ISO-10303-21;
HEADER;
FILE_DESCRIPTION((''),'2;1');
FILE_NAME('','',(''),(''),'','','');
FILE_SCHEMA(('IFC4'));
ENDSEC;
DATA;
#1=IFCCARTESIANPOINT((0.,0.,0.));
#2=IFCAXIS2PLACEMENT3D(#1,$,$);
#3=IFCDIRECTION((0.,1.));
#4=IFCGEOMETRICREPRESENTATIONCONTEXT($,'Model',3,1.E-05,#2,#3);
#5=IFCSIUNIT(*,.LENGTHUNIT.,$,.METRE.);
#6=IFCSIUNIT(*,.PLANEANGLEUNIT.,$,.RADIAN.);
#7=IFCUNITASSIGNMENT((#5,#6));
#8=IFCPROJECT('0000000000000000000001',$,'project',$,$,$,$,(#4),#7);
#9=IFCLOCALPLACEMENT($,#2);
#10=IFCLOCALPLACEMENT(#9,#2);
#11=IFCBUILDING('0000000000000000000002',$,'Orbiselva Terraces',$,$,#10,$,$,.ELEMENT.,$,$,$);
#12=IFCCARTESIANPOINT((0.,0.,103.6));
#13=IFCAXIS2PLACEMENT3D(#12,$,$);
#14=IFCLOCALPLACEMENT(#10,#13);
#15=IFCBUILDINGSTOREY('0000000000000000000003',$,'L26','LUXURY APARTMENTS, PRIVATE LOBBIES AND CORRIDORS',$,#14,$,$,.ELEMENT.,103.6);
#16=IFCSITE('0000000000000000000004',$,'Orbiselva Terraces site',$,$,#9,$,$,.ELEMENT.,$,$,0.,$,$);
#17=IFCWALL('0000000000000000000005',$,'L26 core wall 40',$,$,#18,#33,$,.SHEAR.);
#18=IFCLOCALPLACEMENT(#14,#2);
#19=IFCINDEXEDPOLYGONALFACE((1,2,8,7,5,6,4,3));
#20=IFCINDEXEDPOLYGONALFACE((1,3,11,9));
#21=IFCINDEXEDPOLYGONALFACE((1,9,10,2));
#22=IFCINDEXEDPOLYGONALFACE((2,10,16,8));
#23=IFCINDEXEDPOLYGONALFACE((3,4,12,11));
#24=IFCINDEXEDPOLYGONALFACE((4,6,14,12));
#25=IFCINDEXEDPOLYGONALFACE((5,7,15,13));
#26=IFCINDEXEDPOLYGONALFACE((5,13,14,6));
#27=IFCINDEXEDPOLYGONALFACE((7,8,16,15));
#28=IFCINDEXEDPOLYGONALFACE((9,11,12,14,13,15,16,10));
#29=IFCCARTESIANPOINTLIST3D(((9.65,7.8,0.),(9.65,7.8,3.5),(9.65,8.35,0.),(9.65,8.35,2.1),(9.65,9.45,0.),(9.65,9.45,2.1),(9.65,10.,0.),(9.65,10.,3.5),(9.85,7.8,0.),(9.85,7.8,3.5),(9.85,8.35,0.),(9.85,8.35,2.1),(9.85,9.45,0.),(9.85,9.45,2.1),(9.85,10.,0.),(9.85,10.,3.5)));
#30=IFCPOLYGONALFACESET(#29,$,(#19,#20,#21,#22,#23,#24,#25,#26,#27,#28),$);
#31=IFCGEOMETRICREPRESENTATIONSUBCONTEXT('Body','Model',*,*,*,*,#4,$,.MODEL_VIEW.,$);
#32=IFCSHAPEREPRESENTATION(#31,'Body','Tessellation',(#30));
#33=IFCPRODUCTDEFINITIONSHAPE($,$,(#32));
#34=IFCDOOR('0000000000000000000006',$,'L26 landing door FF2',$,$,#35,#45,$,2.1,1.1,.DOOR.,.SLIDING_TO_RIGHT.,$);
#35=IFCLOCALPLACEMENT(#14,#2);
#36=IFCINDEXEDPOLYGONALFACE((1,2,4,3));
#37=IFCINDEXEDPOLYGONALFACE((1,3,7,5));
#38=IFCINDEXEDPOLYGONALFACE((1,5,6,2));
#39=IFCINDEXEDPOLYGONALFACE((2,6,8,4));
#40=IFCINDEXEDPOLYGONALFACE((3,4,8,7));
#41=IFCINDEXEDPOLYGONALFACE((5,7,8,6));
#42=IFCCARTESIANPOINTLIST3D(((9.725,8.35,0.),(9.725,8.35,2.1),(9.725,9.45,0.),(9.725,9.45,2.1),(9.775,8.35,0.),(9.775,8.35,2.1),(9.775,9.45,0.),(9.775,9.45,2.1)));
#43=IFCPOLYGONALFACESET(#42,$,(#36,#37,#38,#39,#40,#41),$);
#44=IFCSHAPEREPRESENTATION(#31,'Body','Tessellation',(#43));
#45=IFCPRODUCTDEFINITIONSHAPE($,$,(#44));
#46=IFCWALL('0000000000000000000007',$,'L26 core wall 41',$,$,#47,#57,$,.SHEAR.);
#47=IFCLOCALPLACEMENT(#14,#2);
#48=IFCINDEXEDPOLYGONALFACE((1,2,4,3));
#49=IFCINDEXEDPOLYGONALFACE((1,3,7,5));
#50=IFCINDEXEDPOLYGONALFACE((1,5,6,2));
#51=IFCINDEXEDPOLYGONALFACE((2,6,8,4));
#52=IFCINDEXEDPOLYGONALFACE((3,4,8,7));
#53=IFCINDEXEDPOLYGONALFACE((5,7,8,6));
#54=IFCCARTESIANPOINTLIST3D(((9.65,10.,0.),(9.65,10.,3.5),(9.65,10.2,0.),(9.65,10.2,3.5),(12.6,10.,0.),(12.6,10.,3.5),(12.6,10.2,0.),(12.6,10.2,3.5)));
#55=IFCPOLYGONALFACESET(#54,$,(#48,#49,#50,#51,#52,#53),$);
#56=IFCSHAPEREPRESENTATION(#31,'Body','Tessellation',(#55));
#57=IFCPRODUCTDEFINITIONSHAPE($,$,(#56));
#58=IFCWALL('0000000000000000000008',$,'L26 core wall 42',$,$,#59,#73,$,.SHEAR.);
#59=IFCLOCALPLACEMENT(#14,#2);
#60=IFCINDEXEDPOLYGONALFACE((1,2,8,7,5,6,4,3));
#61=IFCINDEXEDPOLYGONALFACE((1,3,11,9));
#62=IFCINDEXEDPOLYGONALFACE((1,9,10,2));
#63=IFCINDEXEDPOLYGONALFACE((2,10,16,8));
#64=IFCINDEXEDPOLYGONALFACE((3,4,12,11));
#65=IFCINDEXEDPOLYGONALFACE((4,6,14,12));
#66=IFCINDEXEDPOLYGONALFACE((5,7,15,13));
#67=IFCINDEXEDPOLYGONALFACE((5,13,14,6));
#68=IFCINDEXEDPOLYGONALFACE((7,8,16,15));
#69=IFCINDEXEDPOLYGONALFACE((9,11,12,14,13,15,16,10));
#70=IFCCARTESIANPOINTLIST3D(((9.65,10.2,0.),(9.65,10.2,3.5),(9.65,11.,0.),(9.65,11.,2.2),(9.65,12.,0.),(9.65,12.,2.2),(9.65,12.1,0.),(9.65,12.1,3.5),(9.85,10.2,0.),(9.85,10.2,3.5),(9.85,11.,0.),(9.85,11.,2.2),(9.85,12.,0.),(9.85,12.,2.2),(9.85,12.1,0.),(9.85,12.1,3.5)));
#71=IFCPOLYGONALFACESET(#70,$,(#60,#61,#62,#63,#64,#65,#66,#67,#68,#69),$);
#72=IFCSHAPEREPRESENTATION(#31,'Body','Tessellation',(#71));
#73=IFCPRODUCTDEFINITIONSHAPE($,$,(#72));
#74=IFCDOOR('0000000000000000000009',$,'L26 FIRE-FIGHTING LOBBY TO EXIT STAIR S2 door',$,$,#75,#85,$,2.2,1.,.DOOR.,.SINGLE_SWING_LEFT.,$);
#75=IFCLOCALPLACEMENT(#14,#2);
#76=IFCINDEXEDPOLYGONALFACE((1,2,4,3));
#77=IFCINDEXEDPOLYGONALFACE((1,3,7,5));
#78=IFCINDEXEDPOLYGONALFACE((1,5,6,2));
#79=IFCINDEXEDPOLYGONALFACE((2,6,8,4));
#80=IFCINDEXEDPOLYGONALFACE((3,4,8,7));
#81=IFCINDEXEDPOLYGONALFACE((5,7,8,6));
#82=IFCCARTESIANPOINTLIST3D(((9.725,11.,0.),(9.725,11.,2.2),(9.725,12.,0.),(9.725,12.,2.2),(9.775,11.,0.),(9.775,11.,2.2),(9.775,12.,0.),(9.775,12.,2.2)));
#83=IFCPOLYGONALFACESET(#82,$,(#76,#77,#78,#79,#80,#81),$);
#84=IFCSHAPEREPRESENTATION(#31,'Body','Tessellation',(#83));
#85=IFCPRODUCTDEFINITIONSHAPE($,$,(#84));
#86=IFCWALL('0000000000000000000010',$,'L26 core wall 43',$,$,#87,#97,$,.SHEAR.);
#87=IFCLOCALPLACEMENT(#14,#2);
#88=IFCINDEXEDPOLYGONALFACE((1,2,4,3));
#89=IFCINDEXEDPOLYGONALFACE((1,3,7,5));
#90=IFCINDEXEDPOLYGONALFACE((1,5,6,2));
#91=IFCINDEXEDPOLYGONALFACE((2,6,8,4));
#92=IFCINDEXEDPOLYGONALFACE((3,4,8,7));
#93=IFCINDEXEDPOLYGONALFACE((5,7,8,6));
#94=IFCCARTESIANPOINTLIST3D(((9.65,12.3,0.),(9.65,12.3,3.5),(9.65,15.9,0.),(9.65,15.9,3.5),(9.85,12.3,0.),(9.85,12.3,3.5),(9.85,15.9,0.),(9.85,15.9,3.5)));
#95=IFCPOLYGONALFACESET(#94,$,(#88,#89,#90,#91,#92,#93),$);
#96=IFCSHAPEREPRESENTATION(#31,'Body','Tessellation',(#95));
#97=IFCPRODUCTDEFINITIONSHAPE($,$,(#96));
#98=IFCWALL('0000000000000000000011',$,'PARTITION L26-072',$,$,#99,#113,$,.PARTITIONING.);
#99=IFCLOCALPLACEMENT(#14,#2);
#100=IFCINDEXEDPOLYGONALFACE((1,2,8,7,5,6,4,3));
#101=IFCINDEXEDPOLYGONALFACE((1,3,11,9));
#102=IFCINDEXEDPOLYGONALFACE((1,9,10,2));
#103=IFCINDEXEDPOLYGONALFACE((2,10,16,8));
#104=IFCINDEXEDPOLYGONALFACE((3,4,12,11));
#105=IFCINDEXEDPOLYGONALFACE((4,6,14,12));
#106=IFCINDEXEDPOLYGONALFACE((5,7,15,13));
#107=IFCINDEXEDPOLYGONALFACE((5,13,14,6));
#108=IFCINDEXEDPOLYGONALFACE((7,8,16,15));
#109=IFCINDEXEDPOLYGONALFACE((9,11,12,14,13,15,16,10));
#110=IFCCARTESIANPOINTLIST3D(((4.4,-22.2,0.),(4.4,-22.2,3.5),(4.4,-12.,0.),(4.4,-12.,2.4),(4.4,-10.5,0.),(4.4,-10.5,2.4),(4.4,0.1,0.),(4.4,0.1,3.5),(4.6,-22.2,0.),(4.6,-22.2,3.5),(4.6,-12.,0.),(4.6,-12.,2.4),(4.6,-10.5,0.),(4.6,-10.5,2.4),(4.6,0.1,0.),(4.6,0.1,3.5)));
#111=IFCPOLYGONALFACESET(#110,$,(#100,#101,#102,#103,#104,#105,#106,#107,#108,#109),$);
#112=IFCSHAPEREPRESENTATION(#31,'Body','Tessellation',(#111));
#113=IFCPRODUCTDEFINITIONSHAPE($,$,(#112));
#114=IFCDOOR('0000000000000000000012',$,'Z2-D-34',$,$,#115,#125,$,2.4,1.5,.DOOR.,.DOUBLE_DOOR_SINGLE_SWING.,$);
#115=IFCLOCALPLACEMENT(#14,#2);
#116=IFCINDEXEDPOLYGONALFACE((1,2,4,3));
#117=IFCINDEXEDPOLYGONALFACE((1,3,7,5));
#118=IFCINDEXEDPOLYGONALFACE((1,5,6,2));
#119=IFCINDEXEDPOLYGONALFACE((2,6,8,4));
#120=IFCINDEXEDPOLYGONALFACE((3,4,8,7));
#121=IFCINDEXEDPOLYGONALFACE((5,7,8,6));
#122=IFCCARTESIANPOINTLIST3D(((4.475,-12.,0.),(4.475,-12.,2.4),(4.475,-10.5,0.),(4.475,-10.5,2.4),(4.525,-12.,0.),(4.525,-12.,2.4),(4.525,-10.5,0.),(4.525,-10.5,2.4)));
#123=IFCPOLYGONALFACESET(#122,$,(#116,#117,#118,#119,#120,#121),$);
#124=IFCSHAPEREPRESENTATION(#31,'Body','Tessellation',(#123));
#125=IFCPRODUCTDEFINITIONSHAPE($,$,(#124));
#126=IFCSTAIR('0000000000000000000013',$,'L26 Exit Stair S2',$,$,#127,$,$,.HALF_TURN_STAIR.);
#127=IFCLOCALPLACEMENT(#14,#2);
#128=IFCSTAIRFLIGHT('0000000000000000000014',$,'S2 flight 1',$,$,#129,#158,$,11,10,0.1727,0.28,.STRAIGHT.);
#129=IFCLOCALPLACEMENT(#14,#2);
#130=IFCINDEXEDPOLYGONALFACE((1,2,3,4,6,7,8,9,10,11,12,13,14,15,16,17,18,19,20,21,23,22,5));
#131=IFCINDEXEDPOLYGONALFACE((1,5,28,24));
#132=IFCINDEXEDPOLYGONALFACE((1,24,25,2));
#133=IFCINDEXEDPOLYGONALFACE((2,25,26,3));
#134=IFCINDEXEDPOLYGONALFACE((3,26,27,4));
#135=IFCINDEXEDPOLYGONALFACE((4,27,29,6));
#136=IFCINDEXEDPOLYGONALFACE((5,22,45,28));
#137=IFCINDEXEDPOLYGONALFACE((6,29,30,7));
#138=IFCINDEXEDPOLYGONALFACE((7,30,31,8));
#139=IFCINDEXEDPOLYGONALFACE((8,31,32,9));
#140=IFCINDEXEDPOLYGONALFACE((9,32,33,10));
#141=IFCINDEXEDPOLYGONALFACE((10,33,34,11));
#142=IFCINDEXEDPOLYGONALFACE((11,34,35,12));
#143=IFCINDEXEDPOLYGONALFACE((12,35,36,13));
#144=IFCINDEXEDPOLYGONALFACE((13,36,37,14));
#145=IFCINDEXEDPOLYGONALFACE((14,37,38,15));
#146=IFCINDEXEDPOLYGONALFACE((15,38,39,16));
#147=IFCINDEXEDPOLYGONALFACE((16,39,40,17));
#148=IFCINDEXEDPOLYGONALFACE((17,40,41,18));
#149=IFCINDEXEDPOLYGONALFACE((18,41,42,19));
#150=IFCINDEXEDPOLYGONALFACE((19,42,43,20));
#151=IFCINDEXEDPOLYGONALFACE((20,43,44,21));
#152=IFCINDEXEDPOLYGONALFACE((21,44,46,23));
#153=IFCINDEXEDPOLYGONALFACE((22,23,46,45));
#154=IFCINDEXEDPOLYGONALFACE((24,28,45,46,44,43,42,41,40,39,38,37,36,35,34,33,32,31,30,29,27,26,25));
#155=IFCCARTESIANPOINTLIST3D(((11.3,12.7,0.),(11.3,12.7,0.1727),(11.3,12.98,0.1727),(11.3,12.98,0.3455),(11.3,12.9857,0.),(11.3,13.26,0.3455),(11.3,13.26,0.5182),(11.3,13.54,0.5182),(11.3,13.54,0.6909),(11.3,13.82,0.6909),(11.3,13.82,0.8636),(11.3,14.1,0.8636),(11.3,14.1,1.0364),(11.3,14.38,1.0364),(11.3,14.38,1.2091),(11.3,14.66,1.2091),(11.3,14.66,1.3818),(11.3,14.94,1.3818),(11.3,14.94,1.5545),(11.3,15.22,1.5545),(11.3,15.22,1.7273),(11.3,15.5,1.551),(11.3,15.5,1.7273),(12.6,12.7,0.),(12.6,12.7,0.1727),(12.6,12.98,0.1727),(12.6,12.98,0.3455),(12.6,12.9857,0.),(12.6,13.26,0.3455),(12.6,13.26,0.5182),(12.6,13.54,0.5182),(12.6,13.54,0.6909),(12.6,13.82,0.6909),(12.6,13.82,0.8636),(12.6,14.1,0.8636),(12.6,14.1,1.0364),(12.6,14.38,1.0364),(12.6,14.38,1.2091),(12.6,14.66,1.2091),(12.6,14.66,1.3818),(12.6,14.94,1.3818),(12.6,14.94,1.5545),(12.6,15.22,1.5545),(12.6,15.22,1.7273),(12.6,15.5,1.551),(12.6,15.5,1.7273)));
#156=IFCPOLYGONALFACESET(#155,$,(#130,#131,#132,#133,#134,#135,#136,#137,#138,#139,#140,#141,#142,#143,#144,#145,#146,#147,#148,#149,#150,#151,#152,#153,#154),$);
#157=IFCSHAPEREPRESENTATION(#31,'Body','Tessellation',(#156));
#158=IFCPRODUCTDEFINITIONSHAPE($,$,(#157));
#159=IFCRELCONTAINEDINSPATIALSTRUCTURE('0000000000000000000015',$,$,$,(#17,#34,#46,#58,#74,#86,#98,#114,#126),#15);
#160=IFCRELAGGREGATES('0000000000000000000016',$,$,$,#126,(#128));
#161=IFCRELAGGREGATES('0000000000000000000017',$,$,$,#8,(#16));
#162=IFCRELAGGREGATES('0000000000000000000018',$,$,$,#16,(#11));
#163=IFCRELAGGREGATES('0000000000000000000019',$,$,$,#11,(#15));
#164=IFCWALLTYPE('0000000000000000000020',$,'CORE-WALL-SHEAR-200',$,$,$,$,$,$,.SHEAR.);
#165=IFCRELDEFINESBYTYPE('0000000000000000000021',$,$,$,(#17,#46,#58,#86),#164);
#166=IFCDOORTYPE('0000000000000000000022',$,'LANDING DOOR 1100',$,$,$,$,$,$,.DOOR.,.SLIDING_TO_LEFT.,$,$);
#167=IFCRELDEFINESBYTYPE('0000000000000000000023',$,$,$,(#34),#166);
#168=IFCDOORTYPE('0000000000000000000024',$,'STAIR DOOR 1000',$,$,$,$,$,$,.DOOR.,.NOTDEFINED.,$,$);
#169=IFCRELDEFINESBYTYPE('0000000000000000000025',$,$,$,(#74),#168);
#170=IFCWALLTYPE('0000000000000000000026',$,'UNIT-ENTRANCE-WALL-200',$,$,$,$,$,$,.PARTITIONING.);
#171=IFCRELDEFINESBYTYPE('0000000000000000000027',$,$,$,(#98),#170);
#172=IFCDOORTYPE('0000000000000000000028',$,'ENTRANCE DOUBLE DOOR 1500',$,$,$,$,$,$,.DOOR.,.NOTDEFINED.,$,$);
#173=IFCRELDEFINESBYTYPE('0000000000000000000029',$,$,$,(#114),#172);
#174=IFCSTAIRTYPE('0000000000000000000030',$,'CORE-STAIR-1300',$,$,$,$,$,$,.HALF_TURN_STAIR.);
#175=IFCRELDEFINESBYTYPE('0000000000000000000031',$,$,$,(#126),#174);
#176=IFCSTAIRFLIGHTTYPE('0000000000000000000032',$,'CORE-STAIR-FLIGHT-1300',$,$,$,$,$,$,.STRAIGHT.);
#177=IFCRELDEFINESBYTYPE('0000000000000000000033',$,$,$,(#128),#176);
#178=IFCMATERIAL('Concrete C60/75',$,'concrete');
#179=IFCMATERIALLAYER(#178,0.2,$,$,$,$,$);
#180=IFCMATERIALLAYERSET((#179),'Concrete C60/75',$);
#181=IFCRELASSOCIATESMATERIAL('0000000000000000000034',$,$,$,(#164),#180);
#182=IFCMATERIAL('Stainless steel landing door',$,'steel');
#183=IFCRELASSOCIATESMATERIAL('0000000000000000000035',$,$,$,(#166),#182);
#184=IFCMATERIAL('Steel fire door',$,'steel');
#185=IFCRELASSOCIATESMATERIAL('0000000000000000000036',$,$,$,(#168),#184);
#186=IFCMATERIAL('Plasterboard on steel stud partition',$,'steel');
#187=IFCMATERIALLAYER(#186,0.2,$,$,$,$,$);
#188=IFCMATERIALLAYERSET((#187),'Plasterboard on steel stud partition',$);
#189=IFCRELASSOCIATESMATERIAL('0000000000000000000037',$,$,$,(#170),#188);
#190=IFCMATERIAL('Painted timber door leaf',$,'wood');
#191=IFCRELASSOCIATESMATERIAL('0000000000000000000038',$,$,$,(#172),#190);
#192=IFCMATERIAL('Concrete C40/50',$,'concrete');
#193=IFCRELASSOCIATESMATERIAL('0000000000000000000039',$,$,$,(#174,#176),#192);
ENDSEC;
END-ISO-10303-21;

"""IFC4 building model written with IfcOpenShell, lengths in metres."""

from ifc_helpers import new_model, si_unit, direction, frame, frame_2d, origin, place, context, subcontext, project, spatial, polyline, rectangle, outline, extrude, material, layer, layer_set, type_object, element, fill, aggregate, save


model = new_model("IFC4")

# Units and contexts
model_context = context("Model", 3, precision=1e-05, world=origin(), true_north=direction((0.0, 1.0)))
body_context = subcontext(model_context, "Body", "Model", "MODEL_VIEW")
ifc_project = project(units=[si_unit("LENGTHUNIT", "METRE"), si_unit("PLANEANGLEUNIT", "RADIAN")], contexts=[model_context])

# Site, building, storey
site_placement = place(None, origin())
site = spatial("IfcSite", under=ifc_project, at=site_placement, Name="Orbiselva Terraces site", CompositionType="ELEMENT", RefElevation=0.0)
building_placement = place(site_placement, origin())
building = spatial("IfcBuilding", under=site, at=building_placement, Name="Orbiselva Terraces", CompositionType="ELEMENT")
storey_placement = place(building_placement, frame((0.0, 0.0, 103.6)))
storey = spatial("IfcBuildingStorey", under=building, at=storey_placement, Name="L26", Description="LUXURY APARTMENTS, PRIVATE LOBBIES AND CORRIDORS", CompositionType="ELEMENT", Elevation=103.6)

# Shared definitions
ifc_material_1 = material(Name="Steel fire door", Category="steel")

# Shared definitions
ifc_material_2 = material(Name="Concrete C60/75", Category="concrete")
ifc_layer_1 = layer(ifc_material_2, 0.2)
ifc_layer_set_1 = layer_set([ifc_layer_1], Name="Concrete C60/75")
wall_type_1 = type_object("IfcWallType", Name="CORE-WALL-SHEAR-200", PredefinedType="SHEAR", material=ifc_layer_set_1)

# Shared definitions
ifc_material_3 = material(Name="Stainless steel landing door", Category="steel")
door_type_1 = type_object("IfcDoorType", Name="LANDING DOOR 1100", OperationType="SLIDING_TO_LEFT", PredefinedType="DOOR", material=ifc_material_3)

# Wall, opening, door
wall_1_placement = place(storey_placement, frame((9.75, 7.8, 0.0), z_axis=(0.0, 0.0, 1.0), x_axis=(0.0, 1.0, 0.0)))
wall_1 = element("IfcWall", 1, at=wall_1_placement, inside=storey, type_object=wall_type_1, Name="L26 core wall 40", PredefinedType="SHEAR", context=body_context, shape_type="SweptSolid", body=[
    extrude(rectangle(XDim=2.2, YDim=0.2, at=frame_2d((1.1, 0.0))), origin(), (0.0, 0.0, 1.0), 3.5),
])
opening_1_placement = place(wall_1_placement, frame((0.55, 0.0, 0.0)))
opening_1 = element("IfcOpeningElement", 2, at=opening_1_placement, cuts=wall_1, PredefinedType="OPENING", context=body_context, shape_type="SweptSolid", body=[
    extrude(rectangle(XDim=1.1, YDim=2.1, at=frame_2d((0.55, 1.05))), frame((0.0, 0.11, 0.0), z_axis=(0.0, -1.0, 0.0), x_axis=(1.0, 0.0, 0.0)), (0.0, 0.0, 1.0), 0.22),
])
door_1_placement = place(opening_1_placement, origin())
door_1 = element("IfcDoor", 3, at=door_1_placement, inside=storey, type_object=door_type_1, Name="L26 landing door FF2", OperationType="SLIDING_TO_RIGHT", OverallHeight=2.1, OverallWidth=1.1, PredefinedType="DOOR", context=body_context, shape_type="SweptSolid", body=[
    extrude(rectangle(XDim=1.1, YDim=2.1, at=frame_2d((0.55, 1.05))), frame((0.0, 0.025, 0.0), z_axis=(0.0, -1.0, 0.0), x_axis=(1.0, 0.0, 0.0)), (0.0, 0.0, 1.0), 0.05),
])
fill(opening_1, door_1)

# Wall
wall_2_placement = place(storey_placement, frame((9.65, 10.1, 0.0), z_axis=(0.0, 0.0, 1.0), x_axis=(1.0, 0.0, 0.0)))
element("IfcWall", 4, at=wall_2_placement, inside=storey, type_object=wall_type_1, Name="L26 core wall 41", PredefinedType="SHEAR", context=body_context, shape_type="SweptSolid", body=[
    extrude(rectangle(XDim=2.95, YDim=0.2, at=frame_2d((1.475, 0.0))), origin(), (0.0, 0.0, 1.0), 3.5),
])

# Wall, opening, door
wall_3_placement = place(storey_placement, frame((9.75, 12.1, 0.0), z_axis=(0.0, 0.0, 1.0), x_axis=(0.0, -1.0, 0.0)))
wall_3 = element("IfcWall", 5, at=wall_3_placement, inside=storey, type_object=wall_type_1, Name="L26 core wall 42", PredefinedType="SHEAR", context=body_context, shape_type="SweptSolid", body=[
    extrude(rectangle(XDim=1.9, YDim=0.2, at=frame_2d((0.95, 0.0))), origin(), (0.0, 0.0, 1.0), 3.5),
])
opening_2_placement = place(wall_3_placement, frame((0.1, 0.0, 0.0)))
opening_2 = element("IfcOpeningElement", 6, at=opening_2_placement, cuts=wall_3, PredefinedType="OPENING", context=body_context, shape_type="SweptSolid", body=[
    extrude(rectangle(XDim=1.0, YDim=2.2, at=frame_2d((0.5, 1.1))), frame((0.0, 0.11, 0.0), z_axis=(0.0, -1.0, 0.0), x_axis=(1.0, 0.0, 0.0)), (0.0, 0.0, 1.0), 0.22),
])
door_type_2 = type_object("IfcDoorType", Name="STAIR DOOR 1000", OperationType="NOTDEFINED", PredefinedType="DOOR", material=ifc_material_1)
door_2_placement = place(opening_2_placement, origin())
door_2 = element("IfcDoor", 7, at=door_2_placement, inside=storey, type_object=door_type_2, Name="L26 FIRE-FIGHTING LOBBY TO EXIT STAIR S2 door", OperationType="SINGLE_SWING_LEFT", OverallHeight=2.2, OverallWidth=1.0, PredefinedType="DOOR", context=body_context, shape_type="SweptSolid", body=[
    extrude(rectangle(XDim=1.0, YDim=2.2, at=frame_2d((0.5, 1.1))), frame((0.0, 0.025, 0.0), z_axis=(0.0, -1.0, 0.0), x_axis=(1.0, 0.0, 0.0)), (0.0, 0.0, 1.0), 0.05),
])
fill(opening_2, door_2)

# Wall
wall_4_placement = place(storey_placement, frame((9.75, 12.3, 0.0), z_axis=(0.0, 0.0, 1.0), x_axis=(0.0, 1.0, 0.0)))
element("IfcWall", 8, at=wall_4_placement, inside=storey, type_object=wall_type_1, Name="L26 core wall 43", PredefinedType="SHEAR", context=body_context, shape_type="SweptSolid", body=[
    extrude(rectangle(XDim=3.6, YDim=0.2, at=frame_2d((1.8, 0.0))), origin(), (0.0, 0.0, 1.0), 3.5),
])

# Wall, opening, door
ifc_material_4 = material(Name="Plasterboard on steel stud partition", Category="steel")
ifc_layer_2 = layer(ifc_material_4, 0.2)
ifc_layer_set_2 = layer_set([ifc_layer_2], Name="Plasterboard on steel stud partition")
wall_type_2 = type_object("IfcWallType", Name="UNIT-ENTRANCE-WALL-200", PredefinedType="PARTITIONING", material=ifc_layer_set_2)
wall_5_placement = place(storey_placement, frame((4.5, 0.1, 0.0), z_axis=(0.0, 0.0, 1.0), x_axis=(0.0, -1.0, 0.0)))
wall_5 = element("IfcWall", 9, at=wall_5_placement, inside=storey, type_object=wall_type_2, Name="PARTITION L26-072", PredefinedType="PARTITIONING", context=body_context, shape_type="SweptSolid", body=[
    extrude(rectangle(XDim=22.3, YDim=0.2, at=frame_2d((11.15, 0.0))), origin(), (0.0, 0.0, 1.0), 3.5),
])
opening_3_placement = place(wall_5_placement, frame((10.6, 0.0, 0.0)))
opening_3 = element("IfcOpeningElement", 10, at=opening_3_placement, cuts=wall_5, PredefinedType="OPENING", context=body_context, shape_type="SweptSolid", body=[
    extrude(rectangle(XDim=1.5, YDim=2.4, at=frame_2d((0.75, 1.2))), frame((0.0, 0.11, 0.0), z_axis=(0.0, -1.0, 0.0), x_axis=(1.0, 0.0, 0.0)), (0.0, 0.0, 1.0), 0.22),
])
ifc_material_5 = material(Name="Painted timber door leaf", Category="wood")
door_type_3 = type_object("IfcDoorType", Name="ENTRANCE DOUBLE DOOR 1500", OperationType="NOTDEFINED", PredefinedType="DOOR", material=ifc_material_5)
door_3_placement = place(opening_3_placement, origin())
door_3 = element("IfcDoor", 11, at=door_3_placement, inside=storey, type_object=door_type_3, Name="Z2-D-34", OperationType="DOUBLE_DOOR_SINGLE_SWING", OverallHeight=2.4, OverallWidth=1.5, PredefinedType="DOOR", context=body_context, shape_type="SweptSolid", body=[
    extrude(rectangle(XDim=1.5, YDim=2.4, at=frame_2d((0.75, 1.2))), frame((0.0, 0.025, 0.0), z_axis=(0.0, -1.0, 0.0), x_axis=(1.0, 0.0, 0.0)), (0.0, 0.0, 1.0), 0.05),
])
fill(opening_3, door_3)

# Stair, stair flight
ifc_material_6 = material(Name="Concrete C40/50", Category="concrete")
stair_type = type_object("IfcStairType", Name="CORE-STAIR-1300", PredefinedType="HALF_TURN_STAIR", material=ifc_material_6)
stair_placement = place(storey_placement, origin())
stair = element("IfcStair", 12, at=stair_placement, inside=storey, type_object=stair_type, Name="L26 Exit Stair S2", PredefinedType="HALF_TURN_STAIR")
stair_flight_type = type_object("IfcStairFlightType", Name="CORE-STAIR-FLIGHT-1300", PredefinedType="STRAIGHT", material=ifc_material_6)
stair_flight_placement = place(storey_placement, frame((11.95, 12.7, 0.0), z_axis=(0.0, 0.0, 1.0), x_axis=(0.0, 1.0, 0.0)))
stair_flight = element("IfcStairFlight", 13, at=stair_flight_placement, type_object=stair_flight_type, Name="S2 flight 1", NumberOfRisers=11, NumberOfTreads=10, PredefinedType="STRAIGHT", RiserHeight=0.1727, TreadLength=0.28, context=body_context, shape_type="SweptSolid", body=[
    extrude(outline(polyline([(0.0, 0.0), (0.0, 0.1727), (0.28, 0.1727), (0.28, 0.3455), (0.56, 0.3455), (0.56, 0.5182), (0.84, 0.5182), (0.84, 0.6909), (1.12, 0.6909), (1.12, 0.8636), (1.4, 0.8636), (1.4, 1.0364), (1.68, 1.0364), (1.68, 1.2091), (1.96, 1.2091), (1.96, 1.3818), (2.24, 1.3818), (2.24, 1.5545), (2.52, 1.5545), (2.52, 1.7273), (2.8, 1.7273), (2.8, 1.9), (2.8, 1.551), (0.2857, 0.0), (0.0, 0.0)])), frame((0.0, 0.65, 0.0), z_axis=(0.0, -1.0, 0.0), x_axis=(1.0, 0.0, 0.0)), (0.0, 0.0, 1.0), 1.3),
])
aggregate(stair, [stair_flight])

save(model, "model.ifc")
